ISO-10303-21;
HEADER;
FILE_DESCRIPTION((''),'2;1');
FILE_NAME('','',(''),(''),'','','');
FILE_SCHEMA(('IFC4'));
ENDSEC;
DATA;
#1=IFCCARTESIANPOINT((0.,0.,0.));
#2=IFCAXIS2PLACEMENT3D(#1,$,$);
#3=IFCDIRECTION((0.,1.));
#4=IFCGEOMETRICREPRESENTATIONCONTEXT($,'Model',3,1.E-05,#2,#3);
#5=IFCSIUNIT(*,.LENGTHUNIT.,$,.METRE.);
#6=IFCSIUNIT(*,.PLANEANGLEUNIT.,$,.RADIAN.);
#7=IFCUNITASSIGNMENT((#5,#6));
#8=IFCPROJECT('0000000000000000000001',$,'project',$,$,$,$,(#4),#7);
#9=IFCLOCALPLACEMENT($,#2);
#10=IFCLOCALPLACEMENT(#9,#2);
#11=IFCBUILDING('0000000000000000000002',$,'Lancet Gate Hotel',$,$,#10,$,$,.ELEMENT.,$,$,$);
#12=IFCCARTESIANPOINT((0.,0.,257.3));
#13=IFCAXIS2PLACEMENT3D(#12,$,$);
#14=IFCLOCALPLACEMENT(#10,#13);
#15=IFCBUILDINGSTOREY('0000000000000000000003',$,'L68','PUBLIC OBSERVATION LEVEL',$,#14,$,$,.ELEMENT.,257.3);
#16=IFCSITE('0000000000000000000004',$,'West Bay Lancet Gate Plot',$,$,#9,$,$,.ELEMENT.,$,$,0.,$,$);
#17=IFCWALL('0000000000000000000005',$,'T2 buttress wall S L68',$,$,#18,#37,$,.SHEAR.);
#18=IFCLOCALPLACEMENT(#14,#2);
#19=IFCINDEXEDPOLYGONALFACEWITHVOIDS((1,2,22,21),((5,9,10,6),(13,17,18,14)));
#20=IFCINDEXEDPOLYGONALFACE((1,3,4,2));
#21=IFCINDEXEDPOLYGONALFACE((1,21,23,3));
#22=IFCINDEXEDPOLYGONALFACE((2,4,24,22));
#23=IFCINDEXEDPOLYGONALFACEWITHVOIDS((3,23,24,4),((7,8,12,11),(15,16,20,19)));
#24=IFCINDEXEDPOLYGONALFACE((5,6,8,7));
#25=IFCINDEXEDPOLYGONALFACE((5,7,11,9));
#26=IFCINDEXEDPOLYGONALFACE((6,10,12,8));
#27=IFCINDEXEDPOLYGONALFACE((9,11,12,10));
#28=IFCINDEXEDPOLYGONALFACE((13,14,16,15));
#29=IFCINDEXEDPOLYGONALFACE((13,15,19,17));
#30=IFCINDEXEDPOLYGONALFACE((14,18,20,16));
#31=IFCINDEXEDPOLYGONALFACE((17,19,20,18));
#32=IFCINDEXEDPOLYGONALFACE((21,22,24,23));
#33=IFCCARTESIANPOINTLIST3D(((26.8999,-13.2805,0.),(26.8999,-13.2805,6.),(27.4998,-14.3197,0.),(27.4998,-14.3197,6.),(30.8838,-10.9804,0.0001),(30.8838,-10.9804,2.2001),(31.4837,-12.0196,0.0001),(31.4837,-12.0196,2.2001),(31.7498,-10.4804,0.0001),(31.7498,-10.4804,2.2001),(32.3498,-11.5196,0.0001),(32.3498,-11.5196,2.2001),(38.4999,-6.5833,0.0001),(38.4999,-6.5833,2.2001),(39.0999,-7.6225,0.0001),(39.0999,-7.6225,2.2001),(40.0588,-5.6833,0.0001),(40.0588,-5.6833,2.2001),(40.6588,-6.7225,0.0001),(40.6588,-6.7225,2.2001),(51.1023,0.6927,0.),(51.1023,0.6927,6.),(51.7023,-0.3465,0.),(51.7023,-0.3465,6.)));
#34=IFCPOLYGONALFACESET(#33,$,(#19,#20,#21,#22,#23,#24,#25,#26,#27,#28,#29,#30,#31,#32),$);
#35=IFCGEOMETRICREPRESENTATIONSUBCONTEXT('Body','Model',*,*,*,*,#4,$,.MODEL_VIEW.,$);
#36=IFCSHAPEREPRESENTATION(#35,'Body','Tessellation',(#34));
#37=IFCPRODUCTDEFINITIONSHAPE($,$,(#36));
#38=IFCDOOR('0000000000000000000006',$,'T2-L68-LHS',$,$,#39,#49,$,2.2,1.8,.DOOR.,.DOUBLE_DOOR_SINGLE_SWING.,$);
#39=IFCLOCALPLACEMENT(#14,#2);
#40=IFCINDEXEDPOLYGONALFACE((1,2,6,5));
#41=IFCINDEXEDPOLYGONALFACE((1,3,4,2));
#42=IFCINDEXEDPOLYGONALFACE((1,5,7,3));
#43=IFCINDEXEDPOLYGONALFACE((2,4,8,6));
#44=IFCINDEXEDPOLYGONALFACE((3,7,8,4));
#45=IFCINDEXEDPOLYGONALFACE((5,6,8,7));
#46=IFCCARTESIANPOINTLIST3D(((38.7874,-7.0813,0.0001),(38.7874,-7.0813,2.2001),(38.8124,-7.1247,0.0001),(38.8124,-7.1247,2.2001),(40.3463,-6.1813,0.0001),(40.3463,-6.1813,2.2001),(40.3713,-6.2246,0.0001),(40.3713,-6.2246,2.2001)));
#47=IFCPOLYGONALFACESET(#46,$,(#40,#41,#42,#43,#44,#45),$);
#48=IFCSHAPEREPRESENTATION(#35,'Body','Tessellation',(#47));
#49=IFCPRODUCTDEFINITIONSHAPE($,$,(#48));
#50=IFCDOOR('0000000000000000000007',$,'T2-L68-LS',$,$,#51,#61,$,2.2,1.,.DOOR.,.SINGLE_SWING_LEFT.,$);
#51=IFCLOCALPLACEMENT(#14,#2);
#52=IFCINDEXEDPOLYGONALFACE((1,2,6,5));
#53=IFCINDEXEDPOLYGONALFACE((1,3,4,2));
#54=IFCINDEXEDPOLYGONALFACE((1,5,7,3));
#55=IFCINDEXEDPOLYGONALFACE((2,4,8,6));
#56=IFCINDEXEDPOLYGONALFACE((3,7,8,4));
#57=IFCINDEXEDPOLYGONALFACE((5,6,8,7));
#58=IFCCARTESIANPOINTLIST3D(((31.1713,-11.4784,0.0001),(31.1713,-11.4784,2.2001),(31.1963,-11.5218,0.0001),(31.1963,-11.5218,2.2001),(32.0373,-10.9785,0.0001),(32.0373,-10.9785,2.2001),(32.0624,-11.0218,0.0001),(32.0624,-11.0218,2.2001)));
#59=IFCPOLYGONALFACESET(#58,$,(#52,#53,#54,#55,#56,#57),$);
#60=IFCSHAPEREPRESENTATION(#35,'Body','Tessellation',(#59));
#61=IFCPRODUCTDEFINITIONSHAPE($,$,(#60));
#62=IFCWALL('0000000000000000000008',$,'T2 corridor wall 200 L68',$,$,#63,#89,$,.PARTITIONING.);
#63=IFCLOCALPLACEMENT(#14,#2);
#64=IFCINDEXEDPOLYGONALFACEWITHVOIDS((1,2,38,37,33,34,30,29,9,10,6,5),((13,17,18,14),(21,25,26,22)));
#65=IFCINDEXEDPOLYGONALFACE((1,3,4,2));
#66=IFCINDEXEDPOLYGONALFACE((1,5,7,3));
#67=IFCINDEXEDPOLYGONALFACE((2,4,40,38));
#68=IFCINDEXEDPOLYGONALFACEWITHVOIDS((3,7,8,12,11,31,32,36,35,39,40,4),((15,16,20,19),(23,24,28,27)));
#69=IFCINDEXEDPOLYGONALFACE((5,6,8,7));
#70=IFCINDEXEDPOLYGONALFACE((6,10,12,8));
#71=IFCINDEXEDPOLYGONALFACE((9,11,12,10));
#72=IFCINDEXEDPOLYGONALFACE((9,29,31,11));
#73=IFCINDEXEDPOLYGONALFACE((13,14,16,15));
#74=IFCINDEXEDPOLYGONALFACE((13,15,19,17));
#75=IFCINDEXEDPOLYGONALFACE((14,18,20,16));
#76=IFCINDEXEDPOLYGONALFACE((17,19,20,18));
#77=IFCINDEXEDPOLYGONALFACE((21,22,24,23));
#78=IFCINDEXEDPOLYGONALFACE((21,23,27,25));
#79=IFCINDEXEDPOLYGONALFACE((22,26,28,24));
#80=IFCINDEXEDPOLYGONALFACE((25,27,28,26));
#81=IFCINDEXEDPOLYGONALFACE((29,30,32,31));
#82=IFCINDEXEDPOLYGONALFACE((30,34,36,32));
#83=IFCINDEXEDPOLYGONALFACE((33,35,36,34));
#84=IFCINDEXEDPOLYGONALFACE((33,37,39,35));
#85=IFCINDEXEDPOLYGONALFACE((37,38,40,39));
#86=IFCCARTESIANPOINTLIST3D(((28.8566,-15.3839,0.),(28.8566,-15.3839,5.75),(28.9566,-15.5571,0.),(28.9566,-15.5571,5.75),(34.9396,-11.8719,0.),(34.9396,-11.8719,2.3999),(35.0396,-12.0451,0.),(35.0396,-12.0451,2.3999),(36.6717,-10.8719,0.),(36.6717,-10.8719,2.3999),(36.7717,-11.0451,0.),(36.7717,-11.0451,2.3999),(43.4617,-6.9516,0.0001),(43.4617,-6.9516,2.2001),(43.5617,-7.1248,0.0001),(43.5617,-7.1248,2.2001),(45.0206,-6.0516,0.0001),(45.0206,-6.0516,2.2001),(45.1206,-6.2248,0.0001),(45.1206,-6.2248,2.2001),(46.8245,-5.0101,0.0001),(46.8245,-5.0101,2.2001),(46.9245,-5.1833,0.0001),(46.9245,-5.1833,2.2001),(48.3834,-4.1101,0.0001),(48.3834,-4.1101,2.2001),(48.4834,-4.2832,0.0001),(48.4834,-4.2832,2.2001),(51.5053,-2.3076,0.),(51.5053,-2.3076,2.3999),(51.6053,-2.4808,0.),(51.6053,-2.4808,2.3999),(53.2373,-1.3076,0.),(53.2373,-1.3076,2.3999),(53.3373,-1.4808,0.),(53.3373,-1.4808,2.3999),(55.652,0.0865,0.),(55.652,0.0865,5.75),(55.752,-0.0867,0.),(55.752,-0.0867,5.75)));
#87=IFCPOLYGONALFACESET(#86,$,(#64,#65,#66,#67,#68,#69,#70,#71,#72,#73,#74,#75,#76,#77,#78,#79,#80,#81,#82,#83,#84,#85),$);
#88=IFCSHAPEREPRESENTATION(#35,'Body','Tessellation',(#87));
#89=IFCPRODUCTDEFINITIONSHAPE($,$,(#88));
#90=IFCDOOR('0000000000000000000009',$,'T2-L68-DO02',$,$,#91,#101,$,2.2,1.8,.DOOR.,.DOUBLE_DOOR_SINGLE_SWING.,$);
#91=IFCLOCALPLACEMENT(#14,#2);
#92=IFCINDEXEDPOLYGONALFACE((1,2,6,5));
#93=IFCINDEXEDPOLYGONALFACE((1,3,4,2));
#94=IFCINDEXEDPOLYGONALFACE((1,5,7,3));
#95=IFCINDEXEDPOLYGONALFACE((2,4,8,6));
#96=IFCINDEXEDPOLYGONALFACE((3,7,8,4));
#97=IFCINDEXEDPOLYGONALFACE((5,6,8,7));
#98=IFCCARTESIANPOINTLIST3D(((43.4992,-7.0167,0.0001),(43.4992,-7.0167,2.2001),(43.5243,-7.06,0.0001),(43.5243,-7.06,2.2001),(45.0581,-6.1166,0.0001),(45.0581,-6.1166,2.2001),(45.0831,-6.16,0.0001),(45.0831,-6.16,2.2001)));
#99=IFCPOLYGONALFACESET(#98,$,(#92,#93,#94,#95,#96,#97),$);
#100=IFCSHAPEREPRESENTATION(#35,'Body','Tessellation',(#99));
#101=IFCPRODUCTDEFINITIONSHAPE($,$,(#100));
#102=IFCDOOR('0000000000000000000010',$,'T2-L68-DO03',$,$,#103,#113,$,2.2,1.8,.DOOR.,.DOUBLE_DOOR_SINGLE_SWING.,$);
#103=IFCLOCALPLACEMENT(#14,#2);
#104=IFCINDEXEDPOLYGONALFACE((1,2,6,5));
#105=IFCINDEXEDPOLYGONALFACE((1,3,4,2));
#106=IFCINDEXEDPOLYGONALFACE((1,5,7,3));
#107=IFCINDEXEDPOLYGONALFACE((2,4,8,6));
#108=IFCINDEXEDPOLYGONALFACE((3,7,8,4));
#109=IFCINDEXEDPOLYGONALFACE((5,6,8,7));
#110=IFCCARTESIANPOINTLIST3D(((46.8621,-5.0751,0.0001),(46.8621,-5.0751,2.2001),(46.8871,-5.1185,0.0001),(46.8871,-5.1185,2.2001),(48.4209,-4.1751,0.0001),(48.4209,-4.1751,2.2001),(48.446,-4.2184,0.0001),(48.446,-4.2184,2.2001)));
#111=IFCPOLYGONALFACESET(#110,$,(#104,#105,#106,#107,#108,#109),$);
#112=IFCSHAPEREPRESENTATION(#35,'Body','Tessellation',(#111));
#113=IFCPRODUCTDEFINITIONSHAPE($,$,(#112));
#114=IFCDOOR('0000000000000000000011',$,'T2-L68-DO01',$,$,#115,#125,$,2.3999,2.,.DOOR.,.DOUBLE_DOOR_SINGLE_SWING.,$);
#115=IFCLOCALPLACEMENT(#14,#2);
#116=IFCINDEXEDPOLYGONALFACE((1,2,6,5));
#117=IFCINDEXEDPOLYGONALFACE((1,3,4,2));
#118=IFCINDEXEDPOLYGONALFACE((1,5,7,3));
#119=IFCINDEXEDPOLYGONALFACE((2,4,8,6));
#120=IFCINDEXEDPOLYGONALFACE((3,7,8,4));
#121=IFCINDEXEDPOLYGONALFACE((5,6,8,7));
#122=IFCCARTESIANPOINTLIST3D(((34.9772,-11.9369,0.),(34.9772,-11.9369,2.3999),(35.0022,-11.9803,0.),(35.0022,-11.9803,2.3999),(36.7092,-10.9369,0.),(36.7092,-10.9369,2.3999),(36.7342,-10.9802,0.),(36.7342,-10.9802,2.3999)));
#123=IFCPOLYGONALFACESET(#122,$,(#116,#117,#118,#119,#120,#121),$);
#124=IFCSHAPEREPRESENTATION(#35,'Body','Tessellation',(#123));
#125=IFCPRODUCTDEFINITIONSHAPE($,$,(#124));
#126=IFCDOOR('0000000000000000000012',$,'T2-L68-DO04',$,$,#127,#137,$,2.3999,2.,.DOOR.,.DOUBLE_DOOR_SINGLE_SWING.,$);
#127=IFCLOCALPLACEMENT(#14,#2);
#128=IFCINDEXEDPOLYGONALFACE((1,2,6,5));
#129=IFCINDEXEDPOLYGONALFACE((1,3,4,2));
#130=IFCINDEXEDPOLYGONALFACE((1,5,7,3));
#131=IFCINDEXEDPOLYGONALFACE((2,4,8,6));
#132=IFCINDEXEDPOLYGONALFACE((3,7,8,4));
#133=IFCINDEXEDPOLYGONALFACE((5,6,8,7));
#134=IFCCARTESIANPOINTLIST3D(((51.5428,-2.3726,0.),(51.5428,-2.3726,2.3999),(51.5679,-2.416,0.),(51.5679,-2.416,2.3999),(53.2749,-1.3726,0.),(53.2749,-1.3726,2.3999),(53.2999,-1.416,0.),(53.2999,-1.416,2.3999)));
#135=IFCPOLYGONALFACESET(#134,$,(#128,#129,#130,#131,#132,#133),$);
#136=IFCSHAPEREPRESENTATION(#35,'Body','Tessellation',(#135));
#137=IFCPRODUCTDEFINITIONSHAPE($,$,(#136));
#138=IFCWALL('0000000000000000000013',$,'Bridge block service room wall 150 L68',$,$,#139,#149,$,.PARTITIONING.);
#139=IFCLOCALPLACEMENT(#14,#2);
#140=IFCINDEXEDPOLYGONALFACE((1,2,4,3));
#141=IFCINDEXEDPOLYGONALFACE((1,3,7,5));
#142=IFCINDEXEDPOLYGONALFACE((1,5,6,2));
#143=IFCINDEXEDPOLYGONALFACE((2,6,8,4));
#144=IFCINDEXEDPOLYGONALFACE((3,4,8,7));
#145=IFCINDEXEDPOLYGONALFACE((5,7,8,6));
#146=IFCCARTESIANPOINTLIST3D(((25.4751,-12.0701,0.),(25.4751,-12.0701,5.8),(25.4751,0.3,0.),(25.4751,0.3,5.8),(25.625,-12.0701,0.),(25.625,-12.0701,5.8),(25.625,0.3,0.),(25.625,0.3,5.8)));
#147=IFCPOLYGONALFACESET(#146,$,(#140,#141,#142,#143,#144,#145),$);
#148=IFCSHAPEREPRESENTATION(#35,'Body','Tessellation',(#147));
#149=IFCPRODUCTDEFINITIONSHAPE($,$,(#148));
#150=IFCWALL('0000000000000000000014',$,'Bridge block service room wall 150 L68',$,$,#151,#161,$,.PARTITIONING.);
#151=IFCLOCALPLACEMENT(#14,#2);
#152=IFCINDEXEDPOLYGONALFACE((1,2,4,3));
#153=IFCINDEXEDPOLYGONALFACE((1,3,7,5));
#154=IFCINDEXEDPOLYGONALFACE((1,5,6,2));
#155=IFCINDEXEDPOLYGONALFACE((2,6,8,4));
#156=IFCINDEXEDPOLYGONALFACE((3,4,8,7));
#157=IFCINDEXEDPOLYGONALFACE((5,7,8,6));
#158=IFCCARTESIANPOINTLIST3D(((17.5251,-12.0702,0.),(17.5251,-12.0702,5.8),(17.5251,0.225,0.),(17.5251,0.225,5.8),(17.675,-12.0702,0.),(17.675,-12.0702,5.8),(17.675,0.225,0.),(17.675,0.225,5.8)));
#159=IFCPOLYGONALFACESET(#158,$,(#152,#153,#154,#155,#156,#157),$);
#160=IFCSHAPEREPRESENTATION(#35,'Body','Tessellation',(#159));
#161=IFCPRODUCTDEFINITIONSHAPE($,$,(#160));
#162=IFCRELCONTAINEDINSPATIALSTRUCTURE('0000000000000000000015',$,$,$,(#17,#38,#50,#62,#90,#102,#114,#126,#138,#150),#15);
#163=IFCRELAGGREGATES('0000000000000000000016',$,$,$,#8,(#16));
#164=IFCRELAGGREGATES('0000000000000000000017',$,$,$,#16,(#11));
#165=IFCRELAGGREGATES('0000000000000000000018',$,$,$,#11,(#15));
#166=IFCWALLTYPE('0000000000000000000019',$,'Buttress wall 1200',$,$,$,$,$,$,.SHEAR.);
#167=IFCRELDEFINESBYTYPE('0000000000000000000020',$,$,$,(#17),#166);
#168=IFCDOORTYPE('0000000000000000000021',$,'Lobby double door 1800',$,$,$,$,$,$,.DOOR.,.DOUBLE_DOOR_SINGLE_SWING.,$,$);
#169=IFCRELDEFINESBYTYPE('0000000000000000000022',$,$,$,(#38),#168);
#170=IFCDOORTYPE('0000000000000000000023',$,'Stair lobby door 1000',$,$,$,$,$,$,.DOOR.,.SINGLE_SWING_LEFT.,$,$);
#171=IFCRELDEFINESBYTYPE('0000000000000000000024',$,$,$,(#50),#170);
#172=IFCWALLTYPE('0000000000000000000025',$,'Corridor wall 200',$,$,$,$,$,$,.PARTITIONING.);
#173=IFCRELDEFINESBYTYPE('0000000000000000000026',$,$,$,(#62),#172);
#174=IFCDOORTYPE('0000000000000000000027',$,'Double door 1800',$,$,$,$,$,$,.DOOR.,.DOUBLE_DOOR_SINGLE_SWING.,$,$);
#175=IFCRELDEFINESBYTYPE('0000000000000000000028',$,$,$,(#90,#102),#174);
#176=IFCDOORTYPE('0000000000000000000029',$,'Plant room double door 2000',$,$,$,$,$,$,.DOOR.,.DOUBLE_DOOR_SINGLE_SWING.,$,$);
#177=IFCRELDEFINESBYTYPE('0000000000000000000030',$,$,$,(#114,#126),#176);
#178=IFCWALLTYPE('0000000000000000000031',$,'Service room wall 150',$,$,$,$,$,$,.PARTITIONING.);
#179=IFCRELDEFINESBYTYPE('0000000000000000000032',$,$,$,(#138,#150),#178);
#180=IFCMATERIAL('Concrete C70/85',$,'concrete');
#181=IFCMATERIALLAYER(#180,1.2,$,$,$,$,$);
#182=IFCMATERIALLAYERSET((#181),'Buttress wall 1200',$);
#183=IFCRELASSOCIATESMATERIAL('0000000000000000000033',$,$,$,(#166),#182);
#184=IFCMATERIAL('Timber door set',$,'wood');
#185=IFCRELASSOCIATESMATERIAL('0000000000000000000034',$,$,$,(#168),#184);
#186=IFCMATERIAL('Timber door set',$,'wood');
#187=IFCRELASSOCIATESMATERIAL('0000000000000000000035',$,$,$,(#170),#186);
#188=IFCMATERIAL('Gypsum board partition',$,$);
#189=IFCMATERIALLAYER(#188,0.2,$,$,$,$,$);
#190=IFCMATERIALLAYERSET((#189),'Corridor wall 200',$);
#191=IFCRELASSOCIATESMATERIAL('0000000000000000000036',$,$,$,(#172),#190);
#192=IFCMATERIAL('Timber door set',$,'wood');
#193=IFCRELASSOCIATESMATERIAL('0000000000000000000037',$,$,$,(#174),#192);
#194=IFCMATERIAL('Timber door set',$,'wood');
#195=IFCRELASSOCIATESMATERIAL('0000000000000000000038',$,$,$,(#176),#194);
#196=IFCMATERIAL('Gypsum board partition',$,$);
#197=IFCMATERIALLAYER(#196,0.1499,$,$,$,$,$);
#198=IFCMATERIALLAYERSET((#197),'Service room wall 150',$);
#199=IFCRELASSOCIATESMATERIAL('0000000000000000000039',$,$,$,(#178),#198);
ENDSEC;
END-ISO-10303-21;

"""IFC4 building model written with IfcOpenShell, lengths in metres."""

from ifc_helpers import new_model, si_unit, direction, frame, frame_2d, origin, place, context, subcontext, project, spatial, rectangle, extrude, material, layer, layer_set, type_object, element, fill, save


model = new_model("IFC4")

# Units and contexts
model_context = context("Model", 3, precision=1e-05, world=origin(), true_north=direction((0.0, 1.0)))
body_context = subcontext(model_context, "Body", "Model", "MODEL_VIEW")
ifc_project = project(units=[si_unit("LENGTHUNIT", "METRE"), si_unit("PLANEANGLEUNIT", "RADIAN")], contexts=[model_context])

# Site, building, storey
site_placement = place(None, origin())
site = spatial("IfcSite", under=ifc_project, at=site_placement, Name="West Bay Lancet Gate Plot", CompositionType="ELEMENT", RefElevation=0.0)
building_placement = place(site_placement, origin())
building = spatial("IfcBuilding", under=site, at=building_placement, Name="Lancet Gate Hotel", CompositionType="ELEMENT")
storey_placement = place(building_placement, frame((0.0, 0.0, 257.3)))
storey = spatial("IfcBuildingStorey", under=building, at=storey_placement, Name="L68", Description="PUBLIC OBSERVATION LEVEL", CompositionType="ELEMENT", Elevation=257.3)

# Walls, openings, doors
ifc_material_1 = material(Name="Concrete C70/85", Category="concrete")
ifc_layer_1 = layer(ifc_material_1, 1.2)
ifc_layer_set_1 = layer_set([ifc_layer_1], Name="Buttress wall 1200")
wall_type_1 = type_object("IfcWallType", Name="Buttress wall 1200", PredefinedType="SHEAR", material=ifc_layer_set_1)
wall_1_placement = place(storey_placement, frame((27.2, -13.8, 0.0), z_axis=(0.0, 0.0, 1.0), x_axis=(0.866027, 0.499997, 0.0)))
wall_1 = element("IfcWall", 1, at=wall_1_placement, inside=storey, type_object=wall_type_1, Name="T2 buttress wall S L68", PredefinedType="SHEAR", context=body_context, shape_type="SweptSolid", body=[
    extrude(rectangle(XDim=27.9465, YDim=1.2, at=frame_2d((13.9731, 0.0))), origin(), (0.0, 0.0, 1.0), 6.0),
])
opening_1_placement = place(wall_1_placement, frame((4.6001, 0.0, 0.0)))
opening_1 = element("IfcOpeningElement", 2, at=opening_1_placement, cuts=wall_1, PredefinedType="OPENING", context=body_context, shape_type="SweptSolid", body=[
    extrude(rectangle(XDim=1.0, YDim=2.2, at=frame_2d((0.5, 1.1001))), frame((0.0, 0.6099, 0.0), z_axis=(0.0, -1.0, 0.0), x_axis=(1.0, 0.0, 0.0)), (0.0, 0.0, 1.0), 1.22),
])
opening_2_placement = place(wall_1_placement, frame((13.3945, 0.0, 0.0)))
opening_2 = element("IfcOpeningElement", 3, at=opening_2_placement, cuts=wall_1, PredefinedType="OPENING", context=body_context, shape_type="SweptSolid", body=[
    extrude(rectangle(XDim=1.8, YDim=2.2, at=frame_2d((0.8999, 1.1001))), frame((0.0, 0.6099, 0.0), z_axis=(0.0, -1.0, 0.0), x_axis=(1.0, 0.0, 0.0)), (0.0, 0.0, 1.0), 1.22),
])
ifc_material_2 = material(Name="Timber door set", Category="wood")
door_type_1 = type_object("IfcDoorType", Name="Lobby double door 1800", OperationType="DOUBLE_DOOR_SINGLE_SWING", PredefinedType="DOOR", material=ifc_material_2)
door_1_placement = place(opening_2_placement, origin())
door_1 = element("IfcDoor", 4, at=door_1_placement, inside=storey, type_object=door_type_1, Name="T2-L68-LHS", OperationType="DOUBLE_DOOR_SINGLE_SWING", OverallHeight=2.2, OverallWidth=1.8, PredefinedType="DOOR", context=body_context, shape_type="SweptSolid", body=[
    extrude(rectangle(XDim=1.8, YDim=2.2, at=frame_2d((0.8999, 1.1001))), frame((0.0, 0.0249, 0.0), z_axis=(0.0, -1.0, 0.0), x_axis=(1.0, 0.0, 0.0)), (0.0, 0.0, 1.0), 0.05),
])
fill(opening_2, door_1)
ifc_material_3 = material(Name="Timber door set", Category="wood")
door_type_2 = type_object("IfcDoorType", Name="Stair lobby door 1000", OperationType="SINGLE_SWING_LEFT", PredefinedType="DOOR", material=ifc_material_3)
door_2_placement = place(opening_1_placement, origin())
door_2 = element("IfcDoor", 5, at=door_2_placement, inside=storey, type_object=door_type_2, Name="T2-L68-LS", OperationType="SINGLE_SWING_LEFT", OverallHeight=2.2, OverallWidth=1.0, PredefinedType="DOOR", context=body_context, shape_type="SweptSolid", body=[
    extrude(rectangle(XDim=1.0, YDim=2.2, at=frame_2d((0.5, 1.1001))), frame((0.0, 0.0249, 0.0), z_axis=(0.0, -1.0, 0.0), x_axis=(1.0, 0.0, 0.0)), (0.0, 0.0, 1.0), 0.05),
])
fill(opening_1, door_2)
ifc_material_4 = material(Name="Gypsum board partition")
ifc_layer_2 = layer(ifc_material_4, 0.2)
ifc_layer_set_2 = layer_set([ifc_layer_2], Name="Corridor wall 200")
wall_type_2 = type_object("IfcWallType", Name="Corridor wall 200", PredefinedType="PARTITIONING", material=ifc_layer_set_2)
wall_2_placement = place(storey_placement, frame((28.9067, -15.4705, 0.0), z_axis=(0.0, 0.0, 1.0), x_axis=(0.866024, 0.500003, 0.0)))
wall_2 = element("IfcWall", 6, at=wall_2_placement, inside=storey, type_object=wall_type_2, Name="T2 corridor wall 200 L68", PredefinedType="PARTITIONING", context=body_context, shape_type="SweptSolid", body=[
    extrude(rectangle(XDim=30.9407, YDim=0.2, at=frame_2d((15.4702, 0.0))), origin(), (0.0, 0.0, 1.0), 5.75),
])
opening_3_placement = place(wall_2_placement, frame((7.0239, 0.0, 0.0)))
opening_3 = element("IfcOpeningElement", 7, at=opening_3_placement, cuts=wall_2, PredefinedType="OPENING", context=body_context, shape_type="SweptSolid", body=[
    extrude(rectangle(XDim=2.0, YDim=2.3999, at=frame_2d((1.0, 1.2))), frame((0.0, 0.1099, 0.0), z_axis=(0.0, -1.0, 0.0), x_axis=(1.0, 0.0, 0.0)), (0.0, 0.0, 1.0), 0.22),
])
opening_4_placement = place(wall_2_placement, frame((16.8645, 0.0, 0.0)))
opening_4 = element("IfcOpeningElement", 8, at=opening_4_placement, cuts=wall_2, PredefinedType="OPENING", context=body_context, shape_type="SweptSolid", body=[
    extrude(rectangle(XDim=1.8, YDim=2.2, at=frame_2d((0.8999, 1.1001))), frame((0.0, 0.1099, 0.0), z_axis=(0.0, -1.0, 0.0), x_axis=(1.0, 0.0, 0.0)), (0.0, 0.0, 1.0), 0.22),
])
opening_5_placement = place(wall_2_placement, frame((20.7476, 0.0, 0.0)))
opening_5 = element("IfcOpeningElement", 9, at=opening_5_placement, cuts=wall_2, PredefinedType="OPENING", context=body_context, shape_type="SweptSolid", body=[
    extrude(rectangle(XDim=1.8, YDim=2.2, at=frame_2d((0.8999, 1.1001))), frame((0.0, 0.1099, 0.0), z_axis=(0.0, -1.0, 0.0), x_axis=(1.0, 0.0, 0.0)), (0.0, 0.0, 1.0), 0.22),
])
opening_6_placement = place(wall_2_placement, frame((26.1523, 0.0, 0.0)))
opening_6 = element("IfcOpeningElement", 10, at=opening_6_placement, cuts=wall_2, PredefinedType="OPENING", context=body_context, shape_type="SweptSolid", body=[
    extrude(rectangle(XDim=2.0, YDim=2.3999, at=frame_2d((1.0, 1.2))), frame((0.0, 0.1099, 0.0), z_axis=(0.0, -1.0, 0.0), x_axis=(1.0, 0.0, 0.0)), (0.0, 0.0, 1.0), 0.22),
])
ifc_material_5 = material(Name="Timber door set", Category="wood")
door_type_3 = type_object("IfcDoorType", Name="Double door 1800", OperationType="DOUBLE_DOOR_SINGLE_SWING", PredefinedType="DOOR", material=ifc_material_5)
door_3_placement = place(opening_4_placement, origin())
door_3 = element("IfcDoor", 11, at=door_3_placement, inside=storey, type_object=door_type_3, Name="T2-L68-DO02", OperationType="DOUBLE_DOOR_SINGLE_SWING", OverallHeight=2.2, OverallWidth=1.8, PredefinedType="DOOR", context=body_context, shape_type="SweptSolid", body=[
    extrude(rectangle(XDim=1.8, YDim=2.2, at=frame_2d((0.8999, 1.1001))), frame((0.0, 0.0249, 0.0), z_axis=(0.0, -1.0, 0.0), x_axis=(1.0, 0.0, 0.0)), (0.0, 0.0, 1.0), 0.05),
])
fill(opening_4, door_3)
door_4_placement = place(opening_5_placement, origin())
door_4 = element("IfcDoor", 12, at=door_4_placement, inside=storey, type_object=door_type_3, Name="T2-L68-DO03", OperationType="DOUBLE_DOOR_SINGLE_SWING", OverallHeight=2.2, OverallWidth=1.8, PredefinedType="DOOR", context=body_context, shape_type="SweptSolid", body=[
    extrude(rectangle(XDim=1.8, YDim=2.2, at=frame_2d((0.8999, 1.1001))), frame((0.0, 0.0249, 0.0), z_axis=(0.0, -1.0, 0.0), x_axis=(1.0, 0.0, 0.0)), (0.0, 0.0, 1.0), 0.05),
])
fill(opening_5, door_4)
ifc_material_6 = material(Name="Timber door set", Category="wood")
door_type_4 = type_object("IfcDoorType", Name="Plant room double door 2000", OperationType="DOUBLE_DOOR_SINGLE_SWING", PredefinedType="DOOR", material=ifc_material_6)
door_5_placement = place(opening_3_placement, origin())
door_5 = element("IfcDoor", 13, at=door_5_placement, inside=storey, type_object=door_type_4, Name="T2-L68-DO01", OperationType="DOUBLE_DOOR_SINGLE_SWING", OverallHeight=2.3999, OverallWidth=2.0, PredefinedType="DOOR", context=body_context, shape_type="SweptSolid", body=[
    extrude(rectangle(XDim=2.0, YDim=2.3999, at=frame_2d((1.0, 1.2))), frame((0.0, 0.0249, 0.0), z_axis=(0.0, -1.0, 0.0), x_axis=(1.0, 0.0, 0.0)), (0.0, 0.0, 1.0), 0.05),
])
fill(opening_3, door_5)
door_6_placement = place(opening_6_placement, origin())
door_6 = element("IfcDoor", 14, at=door_6_placement, inside=storey, type_object=door_type_4, Name="T2-L68-DO04", OperationType="DOUBLE_DOOR_SINGLE_SWING", OverallHeight=2.3999, OverallWidth=2.0, PredefinedType="DOOR", context=body_context, shape_type="SweptSolid", body=[
    extrude(rectangle(XDim=2.0, YDim=2.3999, at=frame_2d((1.0, 1.2))), frame((0.0, 0.0249, 0.0), z_axis=(0.0, -1.0, 0.0), x_axis=(1.0, 0.0, 0.0)), (0.0, 0.0, 1.0), 0.05),
])
fill(opening_6, door_6)

# Walls
ifc_material_7 = material(Name="Gypsum board partition")
ifc_layer_3 = layer(ifc_material_7, 0.1499)
ifc_layer_set_3 = layer_set([ifc_layer_3], Name="Service room wall 150")
wall_type_3 = type_object("IfcWallType", Name="Service room wall 150", PredefinedType="PARTITIONING", material=ifc_layer_set_3)
wall_3_placement = place(storey_placement, frame((25.55, -12.0701, 0.0), z_axis=(0.0, 0.0, 1.0), x_axis=(0.0, 1.0, 0.0)))
element("IfcWall", 15, at=wall_3_placement, inside=storey, type_object=wall_type_3, Name="Bridge block service room wall 150 L68", PredefinedType="PARTITIONING", context=body_context, shape_type="SweptSolid", body=[
    extrude(rectangle(XDim=12.3701, YDim=0.1499, at=frame_2d((6.1851, 0.0))), origin(), (0.0, 0.0, 1.0), 5.8),
])
for number, where, z_axis, x_axis, name in (
    (16, (17.6001, -12.0701, 0.0), (0.0, 0.0, 1.0), (0.0, 1.0, 0.0), "Bridge block service room wall 150 L68"),
):
    element("IfcWall", number, at=place(storey_placement, frame(where, z_axis=z_axis, x_axis=x_axis)), inside=storey, type_object=wall_type_3, Name=name, PredefinedType="PARTITIONING", context=body_context, shape_type="SweptSolid", body=[
        extrude(rectangle(XDim=12.2952, YDim=0.1499, at=frame_2d((6.1475, 0.0))), origin(), (0.0, 0.0, 1.0), 5.8),
    ])

save(model, "model.ifc")
